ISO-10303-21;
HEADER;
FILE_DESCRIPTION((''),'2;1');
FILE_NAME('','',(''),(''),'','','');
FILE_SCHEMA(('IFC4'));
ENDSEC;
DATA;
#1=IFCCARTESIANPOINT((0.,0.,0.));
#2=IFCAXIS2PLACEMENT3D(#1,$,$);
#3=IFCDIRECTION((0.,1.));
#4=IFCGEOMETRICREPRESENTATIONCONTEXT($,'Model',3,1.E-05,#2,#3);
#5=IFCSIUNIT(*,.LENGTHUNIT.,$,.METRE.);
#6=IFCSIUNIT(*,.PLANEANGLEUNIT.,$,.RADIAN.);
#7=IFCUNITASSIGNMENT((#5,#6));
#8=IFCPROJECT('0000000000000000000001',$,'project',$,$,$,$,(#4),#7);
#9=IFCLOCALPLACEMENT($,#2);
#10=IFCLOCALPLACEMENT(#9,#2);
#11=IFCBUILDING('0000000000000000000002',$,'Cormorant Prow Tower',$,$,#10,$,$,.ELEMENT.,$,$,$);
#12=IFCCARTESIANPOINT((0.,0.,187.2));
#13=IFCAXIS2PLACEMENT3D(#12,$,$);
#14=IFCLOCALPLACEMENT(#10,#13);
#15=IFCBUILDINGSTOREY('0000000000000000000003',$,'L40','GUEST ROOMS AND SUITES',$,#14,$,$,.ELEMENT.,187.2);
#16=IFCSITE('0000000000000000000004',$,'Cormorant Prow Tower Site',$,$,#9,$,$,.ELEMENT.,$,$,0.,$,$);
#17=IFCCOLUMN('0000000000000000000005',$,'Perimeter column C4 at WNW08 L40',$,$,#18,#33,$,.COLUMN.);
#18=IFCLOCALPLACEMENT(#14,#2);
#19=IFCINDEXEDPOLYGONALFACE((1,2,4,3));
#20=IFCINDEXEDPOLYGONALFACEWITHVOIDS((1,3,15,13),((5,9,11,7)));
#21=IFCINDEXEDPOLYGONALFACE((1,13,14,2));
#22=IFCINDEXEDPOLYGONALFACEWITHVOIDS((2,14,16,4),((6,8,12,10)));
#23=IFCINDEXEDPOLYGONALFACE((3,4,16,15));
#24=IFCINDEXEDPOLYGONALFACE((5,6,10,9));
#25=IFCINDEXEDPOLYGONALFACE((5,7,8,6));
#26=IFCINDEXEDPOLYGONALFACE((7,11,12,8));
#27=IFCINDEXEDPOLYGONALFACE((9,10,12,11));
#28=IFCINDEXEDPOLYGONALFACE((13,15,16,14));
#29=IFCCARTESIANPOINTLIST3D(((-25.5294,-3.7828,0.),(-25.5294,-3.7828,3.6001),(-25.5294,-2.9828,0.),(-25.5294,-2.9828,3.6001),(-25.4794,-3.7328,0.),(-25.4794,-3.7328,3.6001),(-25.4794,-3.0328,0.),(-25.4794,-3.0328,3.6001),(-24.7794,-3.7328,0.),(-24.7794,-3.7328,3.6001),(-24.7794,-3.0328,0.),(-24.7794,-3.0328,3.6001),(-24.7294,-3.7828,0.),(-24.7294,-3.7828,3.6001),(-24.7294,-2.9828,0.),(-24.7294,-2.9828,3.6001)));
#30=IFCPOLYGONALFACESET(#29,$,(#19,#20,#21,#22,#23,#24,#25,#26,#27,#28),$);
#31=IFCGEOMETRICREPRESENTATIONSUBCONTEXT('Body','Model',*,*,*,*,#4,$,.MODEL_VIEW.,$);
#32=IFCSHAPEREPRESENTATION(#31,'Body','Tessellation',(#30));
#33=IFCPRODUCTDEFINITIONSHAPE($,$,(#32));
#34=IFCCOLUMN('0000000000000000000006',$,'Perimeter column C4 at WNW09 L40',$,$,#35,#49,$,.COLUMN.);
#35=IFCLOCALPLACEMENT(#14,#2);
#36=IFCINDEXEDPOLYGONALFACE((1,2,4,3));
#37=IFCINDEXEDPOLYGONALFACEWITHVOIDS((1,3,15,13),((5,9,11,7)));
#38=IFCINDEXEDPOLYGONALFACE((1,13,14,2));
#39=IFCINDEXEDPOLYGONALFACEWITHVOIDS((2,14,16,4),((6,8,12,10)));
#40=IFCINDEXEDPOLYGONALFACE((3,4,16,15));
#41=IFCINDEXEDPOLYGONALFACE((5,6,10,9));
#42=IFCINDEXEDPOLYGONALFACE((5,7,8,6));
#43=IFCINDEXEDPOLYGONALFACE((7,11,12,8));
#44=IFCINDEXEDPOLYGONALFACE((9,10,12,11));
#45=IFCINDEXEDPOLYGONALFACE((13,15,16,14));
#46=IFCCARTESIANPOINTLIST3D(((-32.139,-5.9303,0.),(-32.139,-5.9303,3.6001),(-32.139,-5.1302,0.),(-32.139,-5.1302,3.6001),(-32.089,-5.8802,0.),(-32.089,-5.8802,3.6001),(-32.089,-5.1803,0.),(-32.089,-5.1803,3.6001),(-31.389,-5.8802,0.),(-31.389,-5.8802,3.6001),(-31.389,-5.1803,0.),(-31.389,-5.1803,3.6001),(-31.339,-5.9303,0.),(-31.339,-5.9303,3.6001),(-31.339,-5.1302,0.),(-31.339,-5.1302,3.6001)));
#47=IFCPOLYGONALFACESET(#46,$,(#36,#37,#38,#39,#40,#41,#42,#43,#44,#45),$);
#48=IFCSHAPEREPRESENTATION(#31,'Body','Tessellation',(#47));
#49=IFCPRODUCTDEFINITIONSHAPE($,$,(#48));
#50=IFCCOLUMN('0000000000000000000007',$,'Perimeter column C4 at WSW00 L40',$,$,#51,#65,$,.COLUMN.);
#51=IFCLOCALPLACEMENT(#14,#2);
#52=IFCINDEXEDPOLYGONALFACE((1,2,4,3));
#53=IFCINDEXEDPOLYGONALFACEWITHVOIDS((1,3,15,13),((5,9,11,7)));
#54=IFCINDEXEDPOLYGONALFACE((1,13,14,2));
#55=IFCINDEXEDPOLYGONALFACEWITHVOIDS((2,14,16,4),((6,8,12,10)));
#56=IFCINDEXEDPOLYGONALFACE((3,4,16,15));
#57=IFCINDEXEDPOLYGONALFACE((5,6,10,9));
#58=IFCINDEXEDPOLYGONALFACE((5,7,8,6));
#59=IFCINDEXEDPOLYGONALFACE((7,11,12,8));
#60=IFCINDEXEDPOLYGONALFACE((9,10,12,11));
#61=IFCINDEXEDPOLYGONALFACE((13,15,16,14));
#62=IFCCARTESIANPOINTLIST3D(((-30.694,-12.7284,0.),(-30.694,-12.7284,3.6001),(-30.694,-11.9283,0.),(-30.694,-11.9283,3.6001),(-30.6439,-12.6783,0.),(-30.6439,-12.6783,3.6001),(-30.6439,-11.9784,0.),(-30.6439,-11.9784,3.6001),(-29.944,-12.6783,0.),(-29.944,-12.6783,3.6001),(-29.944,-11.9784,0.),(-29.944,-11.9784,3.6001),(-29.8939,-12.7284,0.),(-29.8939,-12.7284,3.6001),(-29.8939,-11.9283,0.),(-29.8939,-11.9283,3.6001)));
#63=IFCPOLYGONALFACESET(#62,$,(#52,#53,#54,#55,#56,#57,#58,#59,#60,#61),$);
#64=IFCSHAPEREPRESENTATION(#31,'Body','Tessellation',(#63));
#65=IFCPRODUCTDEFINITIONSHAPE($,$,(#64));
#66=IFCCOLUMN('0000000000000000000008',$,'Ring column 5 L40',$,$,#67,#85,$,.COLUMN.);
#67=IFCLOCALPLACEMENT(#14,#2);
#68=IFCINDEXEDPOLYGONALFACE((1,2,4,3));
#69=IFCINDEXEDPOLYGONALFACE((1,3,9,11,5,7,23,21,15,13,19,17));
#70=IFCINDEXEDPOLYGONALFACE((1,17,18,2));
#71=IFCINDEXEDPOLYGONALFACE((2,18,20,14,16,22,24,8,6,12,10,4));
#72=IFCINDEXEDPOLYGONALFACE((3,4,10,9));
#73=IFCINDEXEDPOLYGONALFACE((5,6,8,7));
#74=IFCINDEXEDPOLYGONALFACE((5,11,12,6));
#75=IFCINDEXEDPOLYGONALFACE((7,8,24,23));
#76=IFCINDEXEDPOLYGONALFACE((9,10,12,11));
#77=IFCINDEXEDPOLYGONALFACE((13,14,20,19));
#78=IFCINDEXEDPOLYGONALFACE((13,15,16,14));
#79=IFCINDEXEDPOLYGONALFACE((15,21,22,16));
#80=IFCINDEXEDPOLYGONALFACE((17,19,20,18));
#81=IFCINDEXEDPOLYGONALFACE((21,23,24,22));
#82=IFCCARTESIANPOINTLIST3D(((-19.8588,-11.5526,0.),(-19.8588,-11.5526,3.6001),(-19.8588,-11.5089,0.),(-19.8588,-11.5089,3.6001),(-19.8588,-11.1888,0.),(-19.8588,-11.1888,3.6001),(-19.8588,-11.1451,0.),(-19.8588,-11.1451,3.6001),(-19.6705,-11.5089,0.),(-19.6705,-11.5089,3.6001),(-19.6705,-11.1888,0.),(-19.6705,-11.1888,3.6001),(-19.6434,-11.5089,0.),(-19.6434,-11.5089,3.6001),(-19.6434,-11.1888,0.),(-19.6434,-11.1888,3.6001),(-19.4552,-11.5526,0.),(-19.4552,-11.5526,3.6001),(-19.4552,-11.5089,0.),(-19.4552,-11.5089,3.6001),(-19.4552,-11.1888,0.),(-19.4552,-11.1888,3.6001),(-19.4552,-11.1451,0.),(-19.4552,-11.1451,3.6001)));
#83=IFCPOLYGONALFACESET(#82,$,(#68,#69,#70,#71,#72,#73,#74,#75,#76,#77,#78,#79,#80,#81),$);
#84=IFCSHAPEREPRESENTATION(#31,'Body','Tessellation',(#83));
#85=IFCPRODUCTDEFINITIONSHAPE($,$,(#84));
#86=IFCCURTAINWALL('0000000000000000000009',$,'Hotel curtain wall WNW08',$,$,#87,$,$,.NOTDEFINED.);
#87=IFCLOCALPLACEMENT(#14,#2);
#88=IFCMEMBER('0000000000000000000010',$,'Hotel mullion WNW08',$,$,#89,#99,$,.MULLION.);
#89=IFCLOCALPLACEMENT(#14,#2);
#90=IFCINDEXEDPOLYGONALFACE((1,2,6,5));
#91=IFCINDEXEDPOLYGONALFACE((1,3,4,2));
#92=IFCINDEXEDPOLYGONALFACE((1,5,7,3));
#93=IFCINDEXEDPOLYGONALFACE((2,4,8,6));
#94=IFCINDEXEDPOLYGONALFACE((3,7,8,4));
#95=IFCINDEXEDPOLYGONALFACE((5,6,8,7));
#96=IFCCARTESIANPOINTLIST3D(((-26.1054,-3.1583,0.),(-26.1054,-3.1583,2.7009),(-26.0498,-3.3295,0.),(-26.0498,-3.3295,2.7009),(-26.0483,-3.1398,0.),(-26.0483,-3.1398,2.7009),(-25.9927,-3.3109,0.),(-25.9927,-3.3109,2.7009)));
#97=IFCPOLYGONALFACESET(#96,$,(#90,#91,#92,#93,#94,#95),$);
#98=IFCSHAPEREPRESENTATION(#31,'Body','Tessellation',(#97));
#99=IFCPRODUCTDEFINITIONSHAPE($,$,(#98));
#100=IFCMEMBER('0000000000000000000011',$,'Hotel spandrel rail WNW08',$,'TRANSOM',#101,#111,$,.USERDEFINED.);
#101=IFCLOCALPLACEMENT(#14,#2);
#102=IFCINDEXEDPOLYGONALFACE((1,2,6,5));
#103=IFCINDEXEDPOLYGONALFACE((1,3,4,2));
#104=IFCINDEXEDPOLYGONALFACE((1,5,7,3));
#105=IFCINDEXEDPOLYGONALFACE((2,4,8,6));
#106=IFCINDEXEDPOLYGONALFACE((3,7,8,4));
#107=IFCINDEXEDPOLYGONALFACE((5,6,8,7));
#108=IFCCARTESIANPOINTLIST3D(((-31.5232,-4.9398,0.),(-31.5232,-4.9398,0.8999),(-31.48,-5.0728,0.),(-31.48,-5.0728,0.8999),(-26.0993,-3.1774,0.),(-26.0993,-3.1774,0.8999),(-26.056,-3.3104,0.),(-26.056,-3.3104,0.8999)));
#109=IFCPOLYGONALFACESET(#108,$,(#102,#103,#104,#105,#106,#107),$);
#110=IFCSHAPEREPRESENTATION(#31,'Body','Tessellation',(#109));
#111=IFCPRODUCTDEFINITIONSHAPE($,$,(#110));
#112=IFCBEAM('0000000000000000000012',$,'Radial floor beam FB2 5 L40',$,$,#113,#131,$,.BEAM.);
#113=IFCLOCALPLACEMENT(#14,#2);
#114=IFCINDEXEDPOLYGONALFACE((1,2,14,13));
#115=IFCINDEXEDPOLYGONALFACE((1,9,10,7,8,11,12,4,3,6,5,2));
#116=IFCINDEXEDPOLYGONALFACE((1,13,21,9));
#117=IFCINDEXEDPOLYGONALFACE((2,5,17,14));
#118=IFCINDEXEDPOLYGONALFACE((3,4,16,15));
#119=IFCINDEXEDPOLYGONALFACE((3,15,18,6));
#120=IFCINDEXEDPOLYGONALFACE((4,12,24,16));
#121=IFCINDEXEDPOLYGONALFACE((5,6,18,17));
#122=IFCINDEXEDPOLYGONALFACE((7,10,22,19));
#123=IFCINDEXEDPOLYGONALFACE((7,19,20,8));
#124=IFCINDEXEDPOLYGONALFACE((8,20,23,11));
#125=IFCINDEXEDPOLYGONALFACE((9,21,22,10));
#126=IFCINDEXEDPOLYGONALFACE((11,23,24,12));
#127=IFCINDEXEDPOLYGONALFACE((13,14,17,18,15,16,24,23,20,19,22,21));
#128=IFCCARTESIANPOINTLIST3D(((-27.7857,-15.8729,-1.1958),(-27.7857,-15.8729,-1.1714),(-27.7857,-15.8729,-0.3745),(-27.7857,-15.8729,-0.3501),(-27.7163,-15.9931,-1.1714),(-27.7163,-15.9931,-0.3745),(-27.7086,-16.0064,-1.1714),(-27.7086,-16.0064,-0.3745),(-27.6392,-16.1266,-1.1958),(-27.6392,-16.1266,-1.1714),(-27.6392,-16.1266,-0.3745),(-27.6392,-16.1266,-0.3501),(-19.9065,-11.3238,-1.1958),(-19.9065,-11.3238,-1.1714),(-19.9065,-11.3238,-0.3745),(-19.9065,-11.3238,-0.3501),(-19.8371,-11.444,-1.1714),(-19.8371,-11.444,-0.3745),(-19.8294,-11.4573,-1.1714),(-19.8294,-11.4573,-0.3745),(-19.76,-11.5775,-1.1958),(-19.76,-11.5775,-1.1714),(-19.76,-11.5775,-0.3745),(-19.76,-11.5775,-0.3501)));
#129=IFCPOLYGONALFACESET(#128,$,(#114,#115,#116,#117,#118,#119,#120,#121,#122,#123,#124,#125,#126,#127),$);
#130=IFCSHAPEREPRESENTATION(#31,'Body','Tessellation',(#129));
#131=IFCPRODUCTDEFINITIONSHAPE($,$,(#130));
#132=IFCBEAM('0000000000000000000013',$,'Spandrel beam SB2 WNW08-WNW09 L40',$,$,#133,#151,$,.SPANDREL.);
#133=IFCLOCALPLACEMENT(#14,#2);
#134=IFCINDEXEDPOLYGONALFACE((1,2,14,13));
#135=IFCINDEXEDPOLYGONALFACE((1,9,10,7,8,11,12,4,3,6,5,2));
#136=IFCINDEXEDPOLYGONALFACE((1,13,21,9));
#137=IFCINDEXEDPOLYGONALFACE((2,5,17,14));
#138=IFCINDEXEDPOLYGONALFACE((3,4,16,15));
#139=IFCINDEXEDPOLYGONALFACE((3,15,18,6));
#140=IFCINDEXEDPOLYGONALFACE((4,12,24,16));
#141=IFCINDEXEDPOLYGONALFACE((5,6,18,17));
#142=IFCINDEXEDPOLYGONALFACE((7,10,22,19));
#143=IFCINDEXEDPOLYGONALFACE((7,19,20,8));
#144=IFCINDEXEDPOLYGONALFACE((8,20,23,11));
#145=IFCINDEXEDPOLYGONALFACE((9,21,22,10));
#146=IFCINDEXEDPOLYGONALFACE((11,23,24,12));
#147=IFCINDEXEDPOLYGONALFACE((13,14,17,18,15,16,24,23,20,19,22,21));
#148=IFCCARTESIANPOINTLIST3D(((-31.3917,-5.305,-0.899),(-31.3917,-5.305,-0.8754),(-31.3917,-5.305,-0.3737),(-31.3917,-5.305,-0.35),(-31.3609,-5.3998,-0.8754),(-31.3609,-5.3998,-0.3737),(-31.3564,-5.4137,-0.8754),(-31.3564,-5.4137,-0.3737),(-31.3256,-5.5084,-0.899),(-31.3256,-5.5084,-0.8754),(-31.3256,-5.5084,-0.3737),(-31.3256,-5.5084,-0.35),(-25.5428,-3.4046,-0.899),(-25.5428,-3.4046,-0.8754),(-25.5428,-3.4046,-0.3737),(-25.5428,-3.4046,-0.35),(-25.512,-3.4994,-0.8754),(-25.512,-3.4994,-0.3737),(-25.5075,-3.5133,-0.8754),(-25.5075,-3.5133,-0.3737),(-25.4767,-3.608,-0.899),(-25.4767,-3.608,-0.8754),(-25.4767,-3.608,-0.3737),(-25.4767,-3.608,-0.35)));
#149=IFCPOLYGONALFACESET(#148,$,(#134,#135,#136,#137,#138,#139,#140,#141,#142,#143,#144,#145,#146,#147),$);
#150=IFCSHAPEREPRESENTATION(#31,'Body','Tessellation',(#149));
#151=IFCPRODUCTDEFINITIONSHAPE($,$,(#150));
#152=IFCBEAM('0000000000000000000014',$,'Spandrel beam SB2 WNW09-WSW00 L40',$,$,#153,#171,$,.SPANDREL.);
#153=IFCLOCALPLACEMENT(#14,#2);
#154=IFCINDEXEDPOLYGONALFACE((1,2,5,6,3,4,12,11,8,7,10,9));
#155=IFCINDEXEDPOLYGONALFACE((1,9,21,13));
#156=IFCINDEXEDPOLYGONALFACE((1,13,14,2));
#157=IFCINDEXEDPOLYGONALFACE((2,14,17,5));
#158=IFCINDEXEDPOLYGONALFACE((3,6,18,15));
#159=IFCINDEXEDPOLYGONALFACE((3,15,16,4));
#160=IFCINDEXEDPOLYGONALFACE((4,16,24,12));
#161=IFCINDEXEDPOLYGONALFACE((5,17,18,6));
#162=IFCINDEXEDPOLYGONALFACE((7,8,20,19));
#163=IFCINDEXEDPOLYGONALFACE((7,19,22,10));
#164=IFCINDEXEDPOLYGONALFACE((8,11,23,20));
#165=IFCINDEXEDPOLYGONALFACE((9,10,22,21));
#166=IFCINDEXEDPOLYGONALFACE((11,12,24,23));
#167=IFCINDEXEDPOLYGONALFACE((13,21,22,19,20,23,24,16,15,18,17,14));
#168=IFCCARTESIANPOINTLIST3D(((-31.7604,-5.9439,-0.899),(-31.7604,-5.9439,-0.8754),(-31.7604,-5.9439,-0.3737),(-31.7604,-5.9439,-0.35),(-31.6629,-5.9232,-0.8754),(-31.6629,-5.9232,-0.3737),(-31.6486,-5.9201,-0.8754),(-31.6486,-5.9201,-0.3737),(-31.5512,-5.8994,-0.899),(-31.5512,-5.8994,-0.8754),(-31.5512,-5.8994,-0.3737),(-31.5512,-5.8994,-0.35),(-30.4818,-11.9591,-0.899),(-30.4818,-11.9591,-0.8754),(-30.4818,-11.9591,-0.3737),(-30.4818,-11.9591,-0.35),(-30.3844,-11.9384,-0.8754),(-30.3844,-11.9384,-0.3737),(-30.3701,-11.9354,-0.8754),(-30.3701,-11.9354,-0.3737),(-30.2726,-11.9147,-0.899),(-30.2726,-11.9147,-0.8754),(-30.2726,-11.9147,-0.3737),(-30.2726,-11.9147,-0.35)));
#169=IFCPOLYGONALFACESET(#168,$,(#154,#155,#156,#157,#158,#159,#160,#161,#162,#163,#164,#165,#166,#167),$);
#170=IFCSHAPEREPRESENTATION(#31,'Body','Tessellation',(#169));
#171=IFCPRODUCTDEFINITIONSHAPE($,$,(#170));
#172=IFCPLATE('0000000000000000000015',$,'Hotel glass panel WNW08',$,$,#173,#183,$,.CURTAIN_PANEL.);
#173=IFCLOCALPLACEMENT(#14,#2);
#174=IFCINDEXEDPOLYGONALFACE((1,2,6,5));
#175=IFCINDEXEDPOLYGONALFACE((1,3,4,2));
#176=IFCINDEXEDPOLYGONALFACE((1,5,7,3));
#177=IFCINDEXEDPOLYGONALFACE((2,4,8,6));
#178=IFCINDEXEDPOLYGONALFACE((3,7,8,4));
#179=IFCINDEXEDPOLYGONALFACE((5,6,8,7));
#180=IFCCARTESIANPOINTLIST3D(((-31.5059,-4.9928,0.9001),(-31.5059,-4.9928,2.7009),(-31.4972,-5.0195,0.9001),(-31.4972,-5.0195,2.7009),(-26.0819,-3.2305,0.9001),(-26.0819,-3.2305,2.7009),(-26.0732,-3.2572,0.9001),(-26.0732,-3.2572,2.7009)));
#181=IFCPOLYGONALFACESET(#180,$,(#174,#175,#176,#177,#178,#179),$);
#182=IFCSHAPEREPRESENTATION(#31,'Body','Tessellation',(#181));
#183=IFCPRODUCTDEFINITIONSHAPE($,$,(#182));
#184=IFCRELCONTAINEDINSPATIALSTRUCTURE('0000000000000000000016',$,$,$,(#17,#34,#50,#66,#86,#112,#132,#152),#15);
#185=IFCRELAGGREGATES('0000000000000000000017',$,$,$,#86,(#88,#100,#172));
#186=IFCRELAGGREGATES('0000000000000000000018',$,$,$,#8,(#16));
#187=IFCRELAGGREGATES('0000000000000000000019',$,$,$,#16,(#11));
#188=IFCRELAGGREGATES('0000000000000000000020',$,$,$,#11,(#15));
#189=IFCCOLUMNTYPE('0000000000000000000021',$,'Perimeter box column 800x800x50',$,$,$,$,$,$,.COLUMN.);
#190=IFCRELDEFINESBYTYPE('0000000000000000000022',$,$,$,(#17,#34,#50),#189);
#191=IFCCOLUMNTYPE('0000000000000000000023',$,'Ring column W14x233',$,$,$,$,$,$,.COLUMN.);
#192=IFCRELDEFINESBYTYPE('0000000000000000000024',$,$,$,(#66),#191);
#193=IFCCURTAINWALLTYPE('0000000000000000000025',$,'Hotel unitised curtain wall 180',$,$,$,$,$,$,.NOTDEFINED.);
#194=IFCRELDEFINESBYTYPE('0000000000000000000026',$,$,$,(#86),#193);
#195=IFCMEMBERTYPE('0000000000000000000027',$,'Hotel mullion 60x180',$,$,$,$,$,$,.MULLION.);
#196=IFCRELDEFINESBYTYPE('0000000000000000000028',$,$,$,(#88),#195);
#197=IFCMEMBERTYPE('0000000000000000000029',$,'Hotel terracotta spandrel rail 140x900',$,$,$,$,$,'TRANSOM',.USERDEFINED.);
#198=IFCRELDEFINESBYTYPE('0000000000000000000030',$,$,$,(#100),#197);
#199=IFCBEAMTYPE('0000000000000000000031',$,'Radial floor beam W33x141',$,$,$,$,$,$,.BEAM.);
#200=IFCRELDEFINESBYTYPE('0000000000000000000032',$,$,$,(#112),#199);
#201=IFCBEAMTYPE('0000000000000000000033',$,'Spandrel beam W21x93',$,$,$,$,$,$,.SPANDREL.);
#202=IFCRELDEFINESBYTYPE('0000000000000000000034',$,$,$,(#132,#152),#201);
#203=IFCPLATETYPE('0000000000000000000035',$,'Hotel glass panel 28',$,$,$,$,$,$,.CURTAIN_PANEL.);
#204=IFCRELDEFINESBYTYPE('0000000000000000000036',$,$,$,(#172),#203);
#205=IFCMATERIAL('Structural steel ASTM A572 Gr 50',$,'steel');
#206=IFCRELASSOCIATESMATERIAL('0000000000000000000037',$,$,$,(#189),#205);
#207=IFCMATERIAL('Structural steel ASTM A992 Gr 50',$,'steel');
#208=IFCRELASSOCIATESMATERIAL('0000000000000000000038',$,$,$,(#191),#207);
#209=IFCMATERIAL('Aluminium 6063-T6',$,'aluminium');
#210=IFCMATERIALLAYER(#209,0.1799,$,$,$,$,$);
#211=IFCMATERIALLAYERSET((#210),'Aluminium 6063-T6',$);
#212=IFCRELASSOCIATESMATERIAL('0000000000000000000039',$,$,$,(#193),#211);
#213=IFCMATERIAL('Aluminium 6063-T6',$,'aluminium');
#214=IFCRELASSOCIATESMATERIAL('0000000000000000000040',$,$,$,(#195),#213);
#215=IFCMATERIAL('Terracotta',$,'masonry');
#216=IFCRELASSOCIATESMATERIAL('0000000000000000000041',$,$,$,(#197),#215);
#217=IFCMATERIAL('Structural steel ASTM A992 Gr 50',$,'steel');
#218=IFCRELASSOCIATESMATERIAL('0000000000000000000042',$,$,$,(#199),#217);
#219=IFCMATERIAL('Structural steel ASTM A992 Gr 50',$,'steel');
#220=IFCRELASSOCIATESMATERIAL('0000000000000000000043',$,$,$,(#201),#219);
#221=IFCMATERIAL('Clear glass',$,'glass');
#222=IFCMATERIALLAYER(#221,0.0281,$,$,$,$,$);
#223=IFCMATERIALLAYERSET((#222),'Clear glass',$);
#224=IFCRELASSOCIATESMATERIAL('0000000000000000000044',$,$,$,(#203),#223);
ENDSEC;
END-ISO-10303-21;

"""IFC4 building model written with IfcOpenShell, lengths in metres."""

from ifc_helpers import new_model, si_unit, direction, frame, origin, origin_2d, place, context, subcontext, project, spatial, rectangle, hollow_rectangle, i_section, extrude, material, layer, layer_set, material_profile, profile_set, type_object, element, aggregate, save


model = new_model("IFC4")

# Units and contexts
model_context = context("Model", 3, precision=1e-05, world=origin(), true_north=direction((0.0, 1.0)))
body_context = subcontext(model_context, "Body", "Model", "MODEL_VIEW")
ifc_project = project(units=[si_unit("LENGTHUNIT", "METRE"), si_unit("PLANEANGLEUNIT", "RADIAN")], contexts=[model_context])

# Site, building, storey
site_placement = place(None, origin())
site = spatial("IfcSite", under=ifc_project, at=site_placement, Name="Cormorant Prow Tower Site", CompositionType="ELEMENT", RefElevation=0.0)
building_placement = place(site_placement, origin())
building = spatial("IfcBuilding", under=site, at=building_placement, Name="Cormorant Prow Tower", CompositionType="ELEMENT")
storey_placement = place(building_placement, frame((0.0, 0.0, 187.2)))
storey = spatial("IfcBuildingStorey", under=building, at=storey_placement, Name="L40", Description="GUEST ROOMS AND SUITES", CompositionType="ELEMENT", Elevation=187.2)

# Columns
ifc_material_1 = material(Name="Structural steel ASTM A572 Gr 50", Category="steel")
ifc_material_profile_1 = material_profile(ifc_material_1, hollow_rectangle(XDim=0.8, YDim=0.8, WallThickness=0.05, at=origin_2d()), Name="Box 800x800x50")
ifc_profile_set_1 = profile_set([ifc_material_profile_1], Name="Structural steel ASTM A572 Gr 50")
column_type_1 = type_object("IfcColumnType", Name="Perimeter box column 800x800x50", PredefinedType="COLUMN", material=ifc_profile_set_1)
for number, where, z_axis, x_axis, name in (
    (1, (-25.1294, -3.3828, 0.0), (0.0, 0.0, 1.0), (1.0, 0.0, 0.0), "Perimeter column C4 at WNW08 L40"),
    (2, (-31.739, -5.5303, 0.0), (0.0, 0.0, 1.0), (1.0, 0.0, 0.0), "Perimeter column C4 at WNW09 L40"),
    (3, (-30.2939, -12.3284, 0.0), (0.0, 0.0, 1.0), (1.0, 0.0, 0.0), "Perimeter column C4 at WSW00 L40"),
):
    element("IfcColumn", number, at=place(storey_placement, frame(where, z_axis=z_axis, x_axis=x_axis)), inside=storey, type_object=column_type_1, Name=name, PredefinedType="COLUMN", context=body_context, shape_type="SweptSolid", body=[
        extrude(hollow_rectangle(XDim=0.8, YDim=0.8, WallThickness=0.05, at=origin_2d()), origin(), (0.0, 0.0, 1.0), 3.6001),
    ])
ifc_material_2 = material(Name="Structural steel ASTM A992 Gr 50", Category="steel")
ifc_material_profile_2 = material_profile(ifc_material_2, i_section(OverallWidth=0.4036, OverallDepth=0.4075, WebThickness=0.0271, FlangeThickness=0.0437, at=origin_2d()), Name="W14x233")
ifc_profile_set_2 = profile_set([ifc_material_profile_2], Name="Structural steel ASTM A992 Gr 50")
column_type_2 = type_object("IfcColumnType", Name="Ring column W14x233", PredefinedType="COLUMN", material=ifc_profile_set_2)
column_placement = place(storey_placement, frame((-19.657, -11.3489, 0.0), z_axis=(0.0, 0.0, 1.0), x_axis=(1.0, 0.0, 0.0)))
element("IfcColumn", 4, at=column_placement, inside=storey, type_object=column_type_2, Name="Ring column 5 L40", PredefinedType="COLUMN", context=body_context, shape_type="SweptSolid", body=[
    extrude(i_section(OverallWidth=0.4036, OverallDepth=0.4075, WebThickness=0.0271, FlangeThickness=0.0437, at=origin_2d()), origin(), (0.0, 0.0, 1.0), 3.6001),
])

# Curtain wall, members
ifc_material_3 = material(Name="Aluminium 6063-T6", Category="aluminium")
ifc_layer_1 = layer(ifc_material_3, 0.1799)
ifc_layer_set_1 = layer_set([ifc_layer_1], Name="Aluminium 6063-T6")
curtain_wall_type = type_object("IfcCurtainWallType", Name="Hotel unitised curtain wall 180", PredefinedType="NOTDEFINED", material=ifc_layer_set_1)
curtain_wall_placement = place(storey_placement, origin())
curtain_wall = element("IfcCurtainWall", 5, at=curtain_wall_placement, inside=storey, type_object=curtain_wall_type, Name="Hotel curtain wall WNW08", PredefinedType="NOTDEFINED")
ifc_material_4 = material(Name="Aluminium 6063-T6", Category="aluminium")
ifc_material_profile_3 = material_profile(ifc_material_4, rectangle(XDim=0.1799, YDim=0.0601, at=origin_2d()), Name="Hotel mullion 60x180")
ifc_profile_set_3 = profile_set([ifc_material_profile_3], Name="Aluminium 6063-T6")
member_type_1 = type_object("IfcMemberType", Name="Hotel mullion 60x180", PredefinedType="MULLION", material=ifc_profile_set_3)
member_1_placement = place(storey_placement, frame((-26.0491, -3.2346, 0.0), z_axis=(0.0, 0.0, 1.0), x_axis=(0.309017, -0.951057, 0.0)))
member_1 = element("IfcMember", 6, at=member_1_placement, type_object=member_type_1, Name="Hotel mullion WNW08", PredefinedType="MULLION", context=body_context, shape_type="SweptSolid", body=[
    extrude(rectangle(XDim=0.1799, YDim=0.0601, at=origin_2d()), origin(), (0.0, 0.0, 1.0), 2.7009),
])
ifc_material_5 = material(Name="Terracotta", Category="masonry")
ifc_material_profile_4 = material_profile(ifc_material_5, rectangle(XDim=0.1399, YDim=0.8999, at=origin_2d()), Name="Hotel terracotta spandrel rail 140x900")
ifc_profile_set_4 = profile_set([ifc_material_profile_4], Name="Terracotta")
member_type_2 = type_object("IfcMemberType", Name="Hotel terracotta spandrel rail 140x900", ElementType="TRANSOM", PredefinedType="USERDEFINED", material=ifc_profile_set_4)
member_2_placement = place(storey_placement, frame((-26.0776, -3.2439, 0.45), z_axis=(-0.951053, -0.309027, 0.0), x_axis=(0.309027, -0.951053, 0.0)))
member_2 = element("IfcMember", 7, at=member_2_placement, type_object=member_type_2, Name="Hotel spandrel rail WNW08", ObjectType="TRANSOM", PredefinedType="USERDEFINED", context=body_context, shape_type="SweptSolid", body=[
    extrude(rectangle(XDim=0.1399, YDim=0.8999, at=origin_2d()), origin(), (0.0, 0.0, 1.0), 5.7031),
])

# Beams
ifc_material_6 = material(Name="Structural steel ASTM A992 Gr 50", Category="steel")
ifc_material_profile_5 = material_profile(ifc_material_6, i_section(OverallWidth=0.293, OverallDepth=0.8457, WebThickness=0.0154, FlangeThickness=0.0244, at=origin_2d()), Name="W33x141")
ifc_profile_set_5 = profile_set([ifc_material_profile_5], Name="Structural steel ASTM A992 Gr 50")
beam_type_1 = type_object("IfcBeamType", Name="Radial floor beam W33x141", PredefinedType="BEAM", material=ifc_profile_set_5)
beam_1_placement = place(storey_placement, frame((-19.8333, -11.4507, -0.7729), z_axis=(-0.866023, -0.500004, 0.0), x_axis=(0.500004, -0.866023, 0.0)))
element("IfcBeam", 8, at=beam_1_placement, inside=storey, type_object=beam_type_1, Name="Radial floor beam FB2 5 L40", PredefinedType="BEAM", context=body_context, shape_type="SweptSolid", body=[
    extrude(i_section(OverallWidth=0.293, OverallDepth=0.8457, WebThickness=0.0154, FlangeThickness=0.0244, at=origin_2d()), origin(), (0.0, 0.0, 1.0), 9.0981),
])
ifc_material_7 = material(Name="Structural steel ASTM A992 Gr 50", Category="steel")
ifc_material_profile_6 = material_profile(ifc_material_7, i_section(OverallWidth=0.2139, OverallDepth=0.5491, WebThickness=0.0146, FlangeThickness=0.0237, at=origin_2d()), Name="W21x93")
ifc_profile_set_6 = profile_set([ifc_material_profile_6], Name="Structural steel ASTM A992 Gr 50")
beam_type_2 = type_object("IfcBeamType", Name="Spandrel beam W21x93", PredefinedType="SPANDREL", material=ifc_profile_set_6)
beam_2_placement = place(storey_placement, frame((-25.5098, -3.5063, -0.6245), z_axis=(-0.951058, -0.309013, 0.0), x_axis=(0.309013, -0.951058, 0.0)))
element("IfcBeam", 9, at=beam_2_placement, inside=storey, type_object=beam_type_2, Name="Spandrel beam SB2 WNW08-WNW09 L40", PredefinedType="SPANDREL", context=body_context, shape_type="SweptSolid", body=[
    extrude(i_section(OverallWidth=0.2139, OverallDepth=0.5491, WebThickness=0.0146, FlangeThickness=0.0237, at=origin_2d()), origin(), (0.0, 0.0, 1.0), 6.1499),
])
beam_3_placement = place(storey_placement, frame((-31.6558, -5.9216, -0.6245), z_axis=(0.207905, -0.978149, 0.0), x_axis=(0.978149, 0.207905, 0.0)))
element("IfcBeam", 10, at=beam_3_placement, inside=storey, type_object=beam_type_2, Name="Spandrel beam SB2 WNW09-WSW00 L40", PredefinedType="SPANDREL", context=body_context, shape_type="SweptSolid", body=[
    extrude(i_section(OverallWidth=0.2139, OverallDepth=0.5491, WebThickness=0.0146, FlangeThickness=0.0237, at=origin_2d()), origin(), (0.0, 0.0, 1.0), 6.1497),
])

# Plate
ifc_material_8 = material(Name="Clear glass", Category="glass")
ifc_layer_2 = layer(ifc_material_8, 0.0281)
ifc_layer_set_2 = layer_set([ifc_layer_2], Name="Clear glass")
plate_type = type_object("IfcPlateType", Name="Hotel glass panel 28", PredefinedType="CURTAIN_PANEL", material=ifc_layer_set_2)
plate_placement = place(storey_placement, frame((-28.7896, -4.125, 0.9001), z_axis=(0.0, 0.0, 1.0), x_axis=(-0.951057, -0.309017, 0.0)))
plate = element("IfcPlate", 11, at=plate_placement, type_object=plate_type, Name="Hotel glass panel WNW08", PredefinedType="CURTAIN_PANEL", context=body_context, shape_type="SweptSolid", body=[
    extrude(rectangle(XDim=5.7031, YDim=0.0281, at=origin_2d()), origin(), (0.0, 0.0, 1.0), 1.8008),
])
aggregate(curtain_wall, [member_1, member_2, plate])

save(model, "model.ifc")
